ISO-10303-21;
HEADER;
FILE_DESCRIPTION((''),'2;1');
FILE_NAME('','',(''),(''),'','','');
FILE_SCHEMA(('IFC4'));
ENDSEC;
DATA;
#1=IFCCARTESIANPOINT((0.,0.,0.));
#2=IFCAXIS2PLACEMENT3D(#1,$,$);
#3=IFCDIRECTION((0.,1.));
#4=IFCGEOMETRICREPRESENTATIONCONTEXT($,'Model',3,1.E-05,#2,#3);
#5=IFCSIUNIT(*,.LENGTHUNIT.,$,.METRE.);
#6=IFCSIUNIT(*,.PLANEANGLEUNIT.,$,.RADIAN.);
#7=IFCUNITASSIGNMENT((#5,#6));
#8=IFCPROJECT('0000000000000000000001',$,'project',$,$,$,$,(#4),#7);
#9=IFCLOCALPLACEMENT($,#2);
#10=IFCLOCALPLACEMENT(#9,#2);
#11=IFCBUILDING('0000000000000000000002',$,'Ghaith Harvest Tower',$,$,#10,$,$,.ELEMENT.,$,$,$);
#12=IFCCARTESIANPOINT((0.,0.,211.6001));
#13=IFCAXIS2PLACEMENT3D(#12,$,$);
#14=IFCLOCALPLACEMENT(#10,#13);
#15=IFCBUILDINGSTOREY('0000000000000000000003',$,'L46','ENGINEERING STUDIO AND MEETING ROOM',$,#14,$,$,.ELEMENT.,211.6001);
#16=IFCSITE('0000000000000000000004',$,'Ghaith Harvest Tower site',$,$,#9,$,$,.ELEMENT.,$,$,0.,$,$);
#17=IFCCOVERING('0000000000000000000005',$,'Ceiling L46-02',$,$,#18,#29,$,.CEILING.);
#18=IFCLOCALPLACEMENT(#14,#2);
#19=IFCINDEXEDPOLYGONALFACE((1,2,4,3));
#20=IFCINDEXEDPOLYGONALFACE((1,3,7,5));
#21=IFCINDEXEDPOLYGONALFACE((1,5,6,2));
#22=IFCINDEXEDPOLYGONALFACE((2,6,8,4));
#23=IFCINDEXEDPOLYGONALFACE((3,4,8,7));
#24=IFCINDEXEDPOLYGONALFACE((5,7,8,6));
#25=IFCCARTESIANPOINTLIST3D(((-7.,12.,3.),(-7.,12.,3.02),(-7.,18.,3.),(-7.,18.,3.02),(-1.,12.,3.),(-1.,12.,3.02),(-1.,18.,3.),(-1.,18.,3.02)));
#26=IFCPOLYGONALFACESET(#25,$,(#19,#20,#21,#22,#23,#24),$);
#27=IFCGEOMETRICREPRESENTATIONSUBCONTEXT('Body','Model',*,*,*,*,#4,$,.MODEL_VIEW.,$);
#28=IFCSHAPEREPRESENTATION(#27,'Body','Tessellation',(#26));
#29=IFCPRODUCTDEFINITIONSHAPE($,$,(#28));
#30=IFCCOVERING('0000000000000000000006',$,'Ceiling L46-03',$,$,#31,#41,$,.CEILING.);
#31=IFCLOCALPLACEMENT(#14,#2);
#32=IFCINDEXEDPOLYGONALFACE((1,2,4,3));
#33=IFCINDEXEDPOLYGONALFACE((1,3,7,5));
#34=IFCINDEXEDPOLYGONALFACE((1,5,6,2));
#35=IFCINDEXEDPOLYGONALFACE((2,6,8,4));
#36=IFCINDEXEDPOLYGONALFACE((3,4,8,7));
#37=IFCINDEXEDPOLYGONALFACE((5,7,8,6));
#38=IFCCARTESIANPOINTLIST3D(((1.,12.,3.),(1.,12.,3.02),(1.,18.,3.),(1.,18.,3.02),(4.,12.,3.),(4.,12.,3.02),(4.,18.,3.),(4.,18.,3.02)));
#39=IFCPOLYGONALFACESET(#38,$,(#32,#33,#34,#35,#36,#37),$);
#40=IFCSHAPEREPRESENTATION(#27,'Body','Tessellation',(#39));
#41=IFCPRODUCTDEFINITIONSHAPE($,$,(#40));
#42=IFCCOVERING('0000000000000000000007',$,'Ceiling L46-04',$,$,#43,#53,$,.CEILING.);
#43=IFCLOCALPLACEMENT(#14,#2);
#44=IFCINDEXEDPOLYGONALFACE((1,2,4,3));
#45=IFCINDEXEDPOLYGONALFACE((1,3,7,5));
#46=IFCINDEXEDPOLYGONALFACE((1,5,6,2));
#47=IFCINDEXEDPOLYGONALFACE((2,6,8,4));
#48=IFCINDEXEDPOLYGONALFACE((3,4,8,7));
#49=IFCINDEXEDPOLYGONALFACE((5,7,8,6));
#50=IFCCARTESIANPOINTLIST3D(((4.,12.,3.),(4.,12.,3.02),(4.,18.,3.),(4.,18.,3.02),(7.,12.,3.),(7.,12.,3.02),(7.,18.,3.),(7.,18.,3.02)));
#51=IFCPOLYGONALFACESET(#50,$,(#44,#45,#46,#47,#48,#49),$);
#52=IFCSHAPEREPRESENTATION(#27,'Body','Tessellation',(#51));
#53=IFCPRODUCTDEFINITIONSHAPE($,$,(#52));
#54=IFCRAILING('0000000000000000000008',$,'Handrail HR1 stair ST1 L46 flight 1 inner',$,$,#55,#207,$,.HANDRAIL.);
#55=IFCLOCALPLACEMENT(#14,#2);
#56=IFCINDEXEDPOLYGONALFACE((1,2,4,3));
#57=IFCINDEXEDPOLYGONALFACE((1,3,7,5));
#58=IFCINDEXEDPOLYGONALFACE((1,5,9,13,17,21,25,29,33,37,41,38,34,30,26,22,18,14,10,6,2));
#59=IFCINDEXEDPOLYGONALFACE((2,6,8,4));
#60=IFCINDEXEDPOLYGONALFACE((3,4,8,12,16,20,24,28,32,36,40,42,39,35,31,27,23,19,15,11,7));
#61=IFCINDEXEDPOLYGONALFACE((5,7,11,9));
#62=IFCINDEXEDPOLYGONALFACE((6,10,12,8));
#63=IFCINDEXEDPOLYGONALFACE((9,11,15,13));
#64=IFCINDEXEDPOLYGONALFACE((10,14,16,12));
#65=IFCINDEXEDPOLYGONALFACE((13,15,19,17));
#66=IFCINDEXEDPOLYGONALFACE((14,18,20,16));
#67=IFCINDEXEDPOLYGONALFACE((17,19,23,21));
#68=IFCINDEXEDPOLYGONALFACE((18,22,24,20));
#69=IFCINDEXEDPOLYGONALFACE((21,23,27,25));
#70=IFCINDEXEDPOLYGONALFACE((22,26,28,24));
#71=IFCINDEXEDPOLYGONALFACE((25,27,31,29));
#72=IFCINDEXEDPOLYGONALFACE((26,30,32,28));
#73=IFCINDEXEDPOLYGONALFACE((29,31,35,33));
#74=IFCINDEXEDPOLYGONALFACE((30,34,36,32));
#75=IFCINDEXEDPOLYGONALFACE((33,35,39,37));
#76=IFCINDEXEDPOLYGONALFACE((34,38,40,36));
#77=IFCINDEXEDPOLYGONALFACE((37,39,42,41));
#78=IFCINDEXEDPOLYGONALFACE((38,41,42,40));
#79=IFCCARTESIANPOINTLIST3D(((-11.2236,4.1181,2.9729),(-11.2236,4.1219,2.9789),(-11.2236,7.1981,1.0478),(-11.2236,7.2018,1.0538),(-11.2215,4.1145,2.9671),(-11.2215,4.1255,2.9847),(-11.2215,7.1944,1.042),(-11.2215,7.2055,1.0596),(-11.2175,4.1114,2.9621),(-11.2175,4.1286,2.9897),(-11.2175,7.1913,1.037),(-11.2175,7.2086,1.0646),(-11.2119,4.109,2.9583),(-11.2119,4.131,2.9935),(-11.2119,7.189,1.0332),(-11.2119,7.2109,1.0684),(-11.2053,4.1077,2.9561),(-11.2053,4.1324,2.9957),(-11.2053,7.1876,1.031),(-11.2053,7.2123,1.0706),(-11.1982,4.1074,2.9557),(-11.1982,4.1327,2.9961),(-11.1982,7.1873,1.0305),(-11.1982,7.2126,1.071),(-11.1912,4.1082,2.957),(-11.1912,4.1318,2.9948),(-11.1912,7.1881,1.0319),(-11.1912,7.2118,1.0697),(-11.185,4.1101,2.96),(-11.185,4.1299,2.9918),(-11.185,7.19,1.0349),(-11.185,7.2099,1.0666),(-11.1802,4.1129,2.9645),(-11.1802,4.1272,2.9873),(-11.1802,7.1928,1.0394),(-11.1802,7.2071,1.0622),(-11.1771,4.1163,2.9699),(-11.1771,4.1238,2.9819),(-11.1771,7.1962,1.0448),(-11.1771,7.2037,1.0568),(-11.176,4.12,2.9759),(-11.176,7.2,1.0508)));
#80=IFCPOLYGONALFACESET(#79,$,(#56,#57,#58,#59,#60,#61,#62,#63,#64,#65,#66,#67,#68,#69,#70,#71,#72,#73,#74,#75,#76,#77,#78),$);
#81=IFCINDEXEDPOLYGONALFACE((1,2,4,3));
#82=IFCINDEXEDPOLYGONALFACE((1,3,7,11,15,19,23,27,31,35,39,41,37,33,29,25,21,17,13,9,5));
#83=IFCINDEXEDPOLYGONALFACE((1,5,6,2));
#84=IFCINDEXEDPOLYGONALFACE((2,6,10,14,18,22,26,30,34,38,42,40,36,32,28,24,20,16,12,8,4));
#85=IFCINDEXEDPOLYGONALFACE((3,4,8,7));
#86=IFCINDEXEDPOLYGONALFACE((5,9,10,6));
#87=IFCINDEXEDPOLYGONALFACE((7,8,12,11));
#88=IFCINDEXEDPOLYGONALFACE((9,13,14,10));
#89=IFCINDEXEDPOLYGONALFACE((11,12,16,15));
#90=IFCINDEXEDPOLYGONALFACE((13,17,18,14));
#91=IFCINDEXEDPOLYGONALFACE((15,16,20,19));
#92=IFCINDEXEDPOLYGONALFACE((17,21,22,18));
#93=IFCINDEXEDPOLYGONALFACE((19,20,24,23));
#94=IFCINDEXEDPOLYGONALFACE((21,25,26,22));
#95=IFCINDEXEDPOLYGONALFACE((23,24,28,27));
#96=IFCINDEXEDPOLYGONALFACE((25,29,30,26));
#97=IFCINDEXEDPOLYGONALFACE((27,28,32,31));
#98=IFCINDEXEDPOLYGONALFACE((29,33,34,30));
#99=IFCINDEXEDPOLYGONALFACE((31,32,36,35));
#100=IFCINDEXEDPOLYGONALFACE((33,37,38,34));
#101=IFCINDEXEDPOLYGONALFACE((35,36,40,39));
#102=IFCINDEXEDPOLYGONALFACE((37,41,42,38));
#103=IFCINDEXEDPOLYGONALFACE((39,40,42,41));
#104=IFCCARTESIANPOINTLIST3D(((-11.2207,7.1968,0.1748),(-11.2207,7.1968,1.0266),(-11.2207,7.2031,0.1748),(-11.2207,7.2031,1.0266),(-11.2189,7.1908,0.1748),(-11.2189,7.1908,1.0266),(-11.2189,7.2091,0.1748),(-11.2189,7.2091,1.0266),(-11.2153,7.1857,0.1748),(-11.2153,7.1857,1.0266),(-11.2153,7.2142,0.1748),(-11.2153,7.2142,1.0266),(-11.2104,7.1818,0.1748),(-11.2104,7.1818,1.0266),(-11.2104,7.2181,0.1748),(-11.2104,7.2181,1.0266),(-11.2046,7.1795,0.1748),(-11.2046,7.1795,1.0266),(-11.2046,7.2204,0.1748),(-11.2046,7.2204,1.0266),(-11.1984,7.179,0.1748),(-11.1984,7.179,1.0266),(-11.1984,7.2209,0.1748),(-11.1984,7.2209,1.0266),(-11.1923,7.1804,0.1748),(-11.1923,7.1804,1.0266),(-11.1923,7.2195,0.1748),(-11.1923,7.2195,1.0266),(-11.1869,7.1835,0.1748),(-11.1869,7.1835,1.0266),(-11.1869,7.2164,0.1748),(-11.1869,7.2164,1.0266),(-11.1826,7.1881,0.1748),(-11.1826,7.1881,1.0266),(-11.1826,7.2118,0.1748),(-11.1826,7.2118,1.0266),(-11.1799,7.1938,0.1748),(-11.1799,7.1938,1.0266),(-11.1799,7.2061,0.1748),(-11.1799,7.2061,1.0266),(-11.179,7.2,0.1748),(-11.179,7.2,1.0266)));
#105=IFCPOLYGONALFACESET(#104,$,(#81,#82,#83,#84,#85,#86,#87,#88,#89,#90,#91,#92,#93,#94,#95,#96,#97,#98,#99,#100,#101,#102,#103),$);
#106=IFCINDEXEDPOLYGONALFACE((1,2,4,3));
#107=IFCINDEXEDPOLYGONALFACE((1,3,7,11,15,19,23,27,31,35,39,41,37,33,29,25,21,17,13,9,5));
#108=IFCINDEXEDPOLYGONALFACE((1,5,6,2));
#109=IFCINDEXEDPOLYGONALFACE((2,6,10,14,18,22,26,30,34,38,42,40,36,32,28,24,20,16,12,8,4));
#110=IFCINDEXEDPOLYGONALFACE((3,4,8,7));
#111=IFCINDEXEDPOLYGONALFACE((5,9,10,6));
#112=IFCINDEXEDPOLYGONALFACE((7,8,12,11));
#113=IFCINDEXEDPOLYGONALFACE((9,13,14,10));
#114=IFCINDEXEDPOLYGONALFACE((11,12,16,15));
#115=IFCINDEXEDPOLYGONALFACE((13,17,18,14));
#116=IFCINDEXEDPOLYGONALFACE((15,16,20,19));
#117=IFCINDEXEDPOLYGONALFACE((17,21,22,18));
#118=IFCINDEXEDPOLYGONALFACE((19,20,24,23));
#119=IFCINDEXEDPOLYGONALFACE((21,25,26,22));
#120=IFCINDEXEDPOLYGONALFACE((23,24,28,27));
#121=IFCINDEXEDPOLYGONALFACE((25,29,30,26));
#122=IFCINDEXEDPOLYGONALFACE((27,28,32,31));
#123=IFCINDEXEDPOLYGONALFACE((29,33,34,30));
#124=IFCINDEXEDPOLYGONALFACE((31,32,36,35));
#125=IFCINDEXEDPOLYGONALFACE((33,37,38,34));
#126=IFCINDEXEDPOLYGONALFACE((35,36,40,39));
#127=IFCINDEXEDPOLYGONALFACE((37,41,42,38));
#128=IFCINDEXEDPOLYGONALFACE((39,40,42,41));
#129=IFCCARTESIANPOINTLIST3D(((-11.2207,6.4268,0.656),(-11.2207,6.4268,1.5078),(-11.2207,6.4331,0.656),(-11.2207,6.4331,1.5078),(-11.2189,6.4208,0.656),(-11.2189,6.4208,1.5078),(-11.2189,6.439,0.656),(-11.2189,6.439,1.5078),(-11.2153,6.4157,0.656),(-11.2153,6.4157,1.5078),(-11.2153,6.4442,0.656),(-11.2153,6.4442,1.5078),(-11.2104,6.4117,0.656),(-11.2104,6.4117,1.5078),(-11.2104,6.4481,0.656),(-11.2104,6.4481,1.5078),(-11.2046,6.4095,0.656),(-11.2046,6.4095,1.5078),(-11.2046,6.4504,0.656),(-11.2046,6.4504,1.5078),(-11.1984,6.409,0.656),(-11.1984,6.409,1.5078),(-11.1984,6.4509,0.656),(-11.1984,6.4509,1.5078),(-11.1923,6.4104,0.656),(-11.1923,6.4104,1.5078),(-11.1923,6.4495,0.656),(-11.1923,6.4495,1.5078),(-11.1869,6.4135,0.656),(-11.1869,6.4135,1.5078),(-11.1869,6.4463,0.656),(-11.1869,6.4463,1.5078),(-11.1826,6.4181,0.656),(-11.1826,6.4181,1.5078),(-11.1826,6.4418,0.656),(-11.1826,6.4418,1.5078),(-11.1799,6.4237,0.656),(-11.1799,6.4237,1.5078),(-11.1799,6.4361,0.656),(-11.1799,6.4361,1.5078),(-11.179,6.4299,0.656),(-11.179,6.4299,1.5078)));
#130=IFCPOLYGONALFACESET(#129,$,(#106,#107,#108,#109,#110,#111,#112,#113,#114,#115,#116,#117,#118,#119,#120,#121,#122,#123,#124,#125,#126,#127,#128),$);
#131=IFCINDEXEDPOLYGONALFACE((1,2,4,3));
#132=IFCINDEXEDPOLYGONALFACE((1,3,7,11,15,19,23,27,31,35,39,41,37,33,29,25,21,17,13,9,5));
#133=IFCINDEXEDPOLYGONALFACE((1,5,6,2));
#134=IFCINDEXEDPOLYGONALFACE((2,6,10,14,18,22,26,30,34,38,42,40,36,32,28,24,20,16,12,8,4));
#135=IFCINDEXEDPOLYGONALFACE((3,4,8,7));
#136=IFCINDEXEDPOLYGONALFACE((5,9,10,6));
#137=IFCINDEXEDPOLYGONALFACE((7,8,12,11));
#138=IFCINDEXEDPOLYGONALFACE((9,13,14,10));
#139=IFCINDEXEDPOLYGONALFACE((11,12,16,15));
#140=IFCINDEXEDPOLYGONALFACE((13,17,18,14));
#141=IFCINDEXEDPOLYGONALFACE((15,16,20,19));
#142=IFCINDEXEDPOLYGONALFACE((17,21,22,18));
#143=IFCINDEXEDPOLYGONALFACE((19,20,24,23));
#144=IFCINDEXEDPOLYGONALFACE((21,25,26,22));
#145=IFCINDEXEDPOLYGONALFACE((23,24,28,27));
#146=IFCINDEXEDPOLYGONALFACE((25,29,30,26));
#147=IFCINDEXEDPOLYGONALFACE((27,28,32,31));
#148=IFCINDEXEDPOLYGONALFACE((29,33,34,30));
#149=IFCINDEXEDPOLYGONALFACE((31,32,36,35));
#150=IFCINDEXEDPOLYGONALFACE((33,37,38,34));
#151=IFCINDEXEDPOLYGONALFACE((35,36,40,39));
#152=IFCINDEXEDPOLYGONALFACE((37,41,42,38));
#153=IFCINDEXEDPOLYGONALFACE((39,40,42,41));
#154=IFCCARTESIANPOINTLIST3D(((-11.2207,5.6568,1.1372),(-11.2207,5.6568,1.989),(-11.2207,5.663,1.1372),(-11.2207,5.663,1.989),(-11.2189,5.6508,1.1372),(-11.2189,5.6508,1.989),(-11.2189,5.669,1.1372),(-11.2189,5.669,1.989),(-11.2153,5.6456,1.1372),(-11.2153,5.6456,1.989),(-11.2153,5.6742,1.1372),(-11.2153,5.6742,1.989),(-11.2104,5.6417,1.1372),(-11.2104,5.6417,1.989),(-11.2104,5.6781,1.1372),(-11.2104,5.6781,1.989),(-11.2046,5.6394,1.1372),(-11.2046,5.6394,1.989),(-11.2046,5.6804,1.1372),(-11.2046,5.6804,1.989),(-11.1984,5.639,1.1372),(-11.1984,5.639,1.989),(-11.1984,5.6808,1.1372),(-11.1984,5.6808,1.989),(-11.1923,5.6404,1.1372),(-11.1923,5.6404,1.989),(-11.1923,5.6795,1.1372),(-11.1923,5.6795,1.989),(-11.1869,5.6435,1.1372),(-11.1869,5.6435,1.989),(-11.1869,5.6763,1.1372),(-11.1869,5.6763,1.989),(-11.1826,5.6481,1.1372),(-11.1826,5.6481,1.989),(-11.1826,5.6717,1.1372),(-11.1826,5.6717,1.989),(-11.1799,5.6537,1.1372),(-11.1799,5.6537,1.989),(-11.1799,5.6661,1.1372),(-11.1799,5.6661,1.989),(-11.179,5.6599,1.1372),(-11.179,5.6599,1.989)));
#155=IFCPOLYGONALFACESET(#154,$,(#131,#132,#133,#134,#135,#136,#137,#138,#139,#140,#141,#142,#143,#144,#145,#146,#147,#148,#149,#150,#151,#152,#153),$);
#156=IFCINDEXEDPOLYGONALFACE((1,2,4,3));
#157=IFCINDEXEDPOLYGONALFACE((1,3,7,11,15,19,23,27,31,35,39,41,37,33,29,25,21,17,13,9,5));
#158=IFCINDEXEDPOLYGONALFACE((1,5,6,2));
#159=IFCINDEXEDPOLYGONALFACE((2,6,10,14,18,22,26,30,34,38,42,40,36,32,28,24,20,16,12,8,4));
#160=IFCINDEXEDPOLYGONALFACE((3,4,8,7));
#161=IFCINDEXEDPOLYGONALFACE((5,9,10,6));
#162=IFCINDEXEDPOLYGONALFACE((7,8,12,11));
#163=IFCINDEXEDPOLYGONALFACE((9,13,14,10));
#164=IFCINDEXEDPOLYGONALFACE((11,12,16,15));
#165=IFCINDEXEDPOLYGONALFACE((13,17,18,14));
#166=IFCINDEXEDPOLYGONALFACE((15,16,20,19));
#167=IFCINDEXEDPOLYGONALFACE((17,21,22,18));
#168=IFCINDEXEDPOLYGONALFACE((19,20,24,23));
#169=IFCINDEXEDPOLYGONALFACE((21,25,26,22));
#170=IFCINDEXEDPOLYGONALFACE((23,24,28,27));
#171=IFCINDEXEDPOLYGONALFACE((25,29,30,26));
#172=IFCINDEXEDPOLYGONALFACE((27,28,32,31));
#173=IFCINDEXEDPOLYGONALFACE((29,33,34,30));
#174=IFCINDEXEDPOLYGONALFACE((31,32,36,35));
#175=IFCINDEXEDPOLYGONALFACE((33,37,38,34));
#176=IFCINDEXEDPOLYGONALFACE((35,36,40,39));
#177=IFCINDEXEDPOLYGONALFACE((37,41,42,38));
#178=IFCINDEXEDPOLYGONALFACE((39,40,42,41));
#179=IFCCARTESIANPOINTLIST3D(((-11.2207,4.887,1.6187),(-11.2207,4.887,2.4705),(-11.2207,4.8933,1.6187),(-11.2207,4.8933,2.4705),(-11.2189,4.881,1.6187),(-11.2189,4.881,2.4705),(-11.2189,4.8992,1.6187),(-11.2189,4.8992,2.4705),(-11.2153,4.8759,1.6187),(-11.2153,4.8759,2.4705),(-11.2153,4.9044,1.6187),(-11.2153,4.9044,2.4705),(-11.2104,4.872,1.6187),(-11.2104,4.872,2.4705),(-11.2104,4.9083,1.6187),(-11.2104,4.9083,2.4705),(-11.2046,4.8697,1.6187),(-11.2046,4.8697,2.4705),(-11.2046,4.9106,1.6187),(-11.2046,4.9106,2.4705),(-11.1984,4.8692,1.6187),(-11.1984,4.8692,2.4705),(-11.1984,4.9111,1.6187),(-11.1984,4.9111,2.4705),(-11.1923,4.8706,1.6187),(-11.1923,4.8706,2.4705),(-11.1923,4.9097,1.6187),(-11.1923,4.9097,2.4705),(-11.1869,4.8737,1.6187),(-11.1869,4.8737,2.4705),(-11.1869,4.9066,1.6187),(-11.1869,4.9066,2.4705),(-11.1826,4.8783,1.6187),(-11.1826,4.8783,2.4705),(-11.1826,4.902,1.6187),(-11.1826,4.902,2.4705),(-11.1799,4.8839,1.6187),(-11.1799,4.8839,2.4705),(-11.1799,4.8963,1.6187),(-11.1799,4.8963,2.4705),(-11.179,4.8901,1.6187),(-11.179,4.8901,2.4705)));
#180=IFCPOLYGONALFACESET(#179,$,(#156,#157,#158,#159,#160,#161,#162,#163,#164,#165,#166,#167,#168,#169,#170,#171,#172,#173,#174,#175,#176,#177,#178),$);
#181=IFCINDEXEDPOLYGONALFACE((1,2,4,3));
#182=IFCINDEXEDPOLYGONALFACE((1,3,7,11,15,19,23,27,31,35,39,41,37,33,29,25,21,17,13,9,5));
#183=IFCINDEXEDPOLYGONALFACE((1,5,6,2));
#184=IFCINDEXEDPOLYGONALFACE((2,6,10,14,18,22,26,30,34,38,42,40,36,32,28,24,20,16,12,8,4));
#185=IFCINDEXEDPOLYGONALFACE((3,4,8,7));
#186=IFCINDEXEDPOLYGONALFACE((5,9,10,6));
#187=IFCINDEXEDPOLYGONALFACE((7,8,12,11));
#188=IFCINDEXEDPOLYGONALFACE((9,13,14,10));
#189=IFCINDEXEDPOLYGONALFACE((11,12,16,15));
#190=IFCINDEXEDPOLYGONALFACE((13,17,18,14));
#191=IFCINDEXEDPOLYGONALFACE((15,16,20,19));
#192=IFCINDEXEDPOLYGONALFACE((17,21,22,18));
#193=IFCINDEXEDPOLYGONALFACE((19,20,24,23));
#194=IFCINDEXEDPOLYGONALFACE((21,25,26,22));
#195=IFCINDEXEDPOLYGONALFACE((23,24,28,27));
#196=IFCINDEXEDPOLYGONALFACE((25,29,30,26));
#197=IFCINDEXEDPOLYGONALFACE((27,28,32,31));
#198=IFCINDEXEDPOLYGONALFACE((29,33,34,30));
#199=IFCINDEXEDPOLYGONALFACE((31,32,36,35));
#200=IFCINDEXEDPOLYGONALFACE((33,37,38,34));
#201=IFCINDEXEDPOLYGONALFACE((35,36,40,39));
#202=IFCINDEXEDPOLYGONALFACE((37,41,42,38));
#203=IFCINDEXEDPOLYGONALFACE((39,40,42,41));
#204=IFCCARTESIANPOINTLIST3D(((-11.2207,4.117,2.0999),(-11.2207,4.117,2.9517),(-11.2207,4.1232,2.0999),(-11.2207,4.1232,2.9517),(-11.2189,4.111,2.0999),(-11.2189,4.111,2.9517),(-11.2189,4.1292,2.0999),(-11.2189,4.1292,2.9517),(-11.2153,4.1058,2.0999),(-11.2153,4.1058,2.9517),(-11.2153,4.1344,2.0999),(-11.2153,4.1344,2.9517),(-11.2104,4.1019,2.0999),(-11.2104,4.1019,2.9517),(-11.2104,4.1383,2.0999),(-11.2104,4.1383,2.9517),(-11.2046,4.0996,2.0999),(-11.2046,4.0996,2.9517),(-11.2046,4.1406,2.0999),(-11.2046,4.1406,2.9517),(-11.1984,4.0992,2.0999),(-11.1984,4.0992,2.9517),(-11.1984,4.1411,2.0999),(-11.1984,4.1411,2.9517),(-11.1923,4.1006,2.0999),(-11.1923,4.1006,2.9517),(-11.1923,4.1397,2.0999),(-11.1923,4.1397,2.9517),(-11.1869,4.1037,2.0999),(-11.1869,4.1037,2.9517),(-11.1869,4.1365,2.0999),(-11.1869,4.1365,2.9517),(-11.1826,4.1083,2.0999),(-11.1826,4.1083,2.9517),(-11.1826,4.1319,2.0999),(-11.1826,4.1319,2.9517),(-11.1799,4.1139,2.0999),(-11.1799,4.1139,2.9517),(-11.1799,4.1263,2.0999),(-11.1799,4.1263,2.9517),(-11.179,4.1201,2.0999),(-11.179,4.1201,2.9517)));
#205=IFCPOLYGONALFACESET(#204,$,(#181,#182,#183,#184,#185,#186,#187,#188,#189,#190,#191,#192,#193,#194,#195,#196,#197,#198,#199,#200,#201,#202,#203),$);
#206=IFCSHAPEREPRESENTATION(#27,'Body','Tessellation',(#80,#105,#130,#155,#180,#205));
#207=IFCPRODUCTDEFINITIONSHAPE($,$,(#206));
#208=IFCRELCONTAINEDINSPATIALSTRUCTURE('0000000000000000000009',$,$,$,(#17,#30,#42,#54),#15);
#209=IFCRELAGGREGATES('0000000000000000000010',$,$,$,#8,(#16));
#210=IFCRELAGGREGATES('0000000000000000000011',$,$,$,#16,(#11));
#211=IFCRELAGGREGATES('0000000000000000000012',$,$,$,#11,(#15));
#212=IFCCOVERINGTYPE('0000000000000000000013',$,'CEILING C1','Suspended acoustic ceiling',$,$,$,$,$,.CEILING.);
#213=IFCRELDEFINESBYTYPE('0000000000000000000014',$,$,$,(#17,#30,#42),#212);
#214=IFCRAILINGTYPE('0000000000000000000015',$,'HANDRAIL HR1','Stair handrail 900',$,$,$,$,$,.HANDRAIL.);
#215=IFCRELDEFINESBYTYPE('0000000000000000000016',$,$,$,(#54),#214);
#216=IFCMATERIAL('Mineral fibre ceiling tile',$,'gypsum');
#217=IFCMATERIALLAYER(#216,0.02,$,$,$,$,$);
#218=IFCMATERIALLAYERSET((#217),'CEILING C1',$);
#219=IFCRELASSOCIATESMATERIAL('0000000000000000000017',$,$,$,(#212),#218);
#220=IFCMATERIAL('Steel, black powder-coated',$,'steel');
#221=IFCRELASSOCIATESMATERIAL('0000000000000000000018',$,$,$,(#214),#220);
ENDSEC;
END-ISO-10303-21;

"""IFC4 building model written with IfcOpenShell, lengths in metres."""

from ifc_helpers import new_model, si_unit, direction, frame, origin, origin_2d, place, context, subcontext, project, spatial, polyline, circle, outline, extrude, material, layer, layer_set, type_object, element, save


model = new_model("IFC4")

# Units and contexts
model_context = context("Model", 3, precision=1e-05, world=origin(), true_north=direction((0.0, 1.0)))
body_context = subcontext(model_context, "Body", "Model", "MODEL_VIEW")
ifc_project = project(units=[si_unit("LENGTHUNIT", "METRE"), si_unit("PLANEANGLEUNIT", "RADIAN")], contexts=[model_context])

# Site, building, storey
site_placement = place(None, origin())
site = spatial("IfcSite", under=ifc_project, at=site_placement, Name="Ghaith Harvest Tower site", CompositionType="ELEMENT", RefElevation=0.0)
building_placement = place(site_placement, origin())
building = spatial("IfcBuilding", under=site, at=building_placement, Name="Ghaith Harvest Tower", CompositionType="ELEMENT")
storey_placement = place(building_placement, frame((0.0, 0.0, 211.6001)))
storey = spatial("IfcBuildingStorey", under=building, at=storey_placement, Name="L46", Description="ENGINEERING STUDIO AND MEETING ROOM", CompositionType="ELEMENT", Elevation=211.6001)

# Coverings
ifc_material_1 = material(Name="Mineral fibre ceiling tile", Category="gypsum")
ifc_layer_1 = layer(ifc_material_1, 0.02)
ifc_layer_set_1 = layer_set([ifc_layer_1], Name="CEILING C1")
covering_type = type_object("IfcCoveringType", Name="CEILING C1", Description="Suspended acoustic ceiling", PredefinedType="CEILING", material=ifc_layer_set_1)
covering_1_placement = place(storey_placement, frame((0.0, 0.0, 3.0)))
element("IfcCovering", 1, at=covering_1_placement, inside=storey, type_object=covering_type, Name="Ceiling L46-02", PredefinedType="CEILING", context=body_context, shape_type="SweptSolid", body=[
    extrude(outline(polyline([(-7.0, 12.0), (-1.0, 12.0), (-1.0, 18.0), (-7.0, 18.0), (-7.0, 12.0)])), origin(), (0.0, 0.0, 1.0), 0.02),
])
covering_2_placement = place(storey_placement, frame((0.0, 0.0, 3.0)))
element("IfcCovering", 2, at=covering_2_placement, inside=storey, type_object=covering_type, Name="Ceiling L46-03", PredefinedType="CEILING", context=body_context, shape_type="SweptSolid", body=[
    extrude(outline(polyline([(1.0, 12.0), (4.0, 12.0), (4.0, 18.0), (1.0, 18.0), (1.0, 12.0)])), origin(), (0.0, 0.0, 1.0), 0.02),
])
covering_3_placement = place(storey_placement, frame((0.0, 0.0, 3.0)))
element("IfcCovering", 3, at=covering_3_placement, inside=storey, type_object=covering_type, Name="Ceiling L46-04", PredefinedType="CEILING", context=body_context, shape_type="SweptSolid", body=[
    extrude(outline(polyline([(4.0, 12.0), (7.0, 12.0), (7.0, 18.0), (4.0, 18.0), (4.0, 12.0)])), origin(), (0.0, 0.0, 1.0), 0.02),
])

# Railing
ifc_material_2 = material(Name="Steel, black powder-coated", Category="steel")
railing_type = type_object("IfcRailingType", Name="HANDRAIL HR1", Description="Stair handrail 900", PredefinedType="HANDRAIL", material=ifc_material_2)
railing_1_placement = place(storey_placement, frame((-11.2, 7.2, 0.1748)))
element("IfcRailing", 4, at=railing_1_placement, inside=storey, type_object=railing_type, Name="Handrail HR1 stair ST1 L46 flight 1 inner", PredefinedType="HANDRAIL", context=body_context, shape_type="SweptSolid", body=[
    extrude(circle(Radius=0.0239, at=origin_2d()), frame((0.0, 0.0, 0.876), z_axis=(0.0, -0.847979, 0.530029), x_axis=(1.0, 0.0, 0.0)), (0.0, 0.0, 1.0), 3.6321),
    extrude(circle(Radius=0.021, at=origin_2d()), origin(), (0.0, 0.0, 1.0), 0.8518),
    extrude(circle(Radius=0.021, at=origin_2d()), frame((0.0, -0.77, 0.4812)), (0.0, 0.0, 1.0), 0.8518),
    extrude(circle(Radius=0.021, at=origin_2d()), frame((0.0, -1.54, 0.9624)), (0.0, 0.0, 1.0), 0.8518),
    extrude(circle(Radius=0.021, at=origin_2d()), frame((0.0, -2.3098, 1.4438)), (0.0, 0.0, 1.0), 0.8518),
    extrude(circle(Radius=0.021, at=origin_2d()), frame((0.0, -3.0798, 1.925)), (0.0, 0.0, 1.0), 0.8518),
])

save(model, "model.ifc")
